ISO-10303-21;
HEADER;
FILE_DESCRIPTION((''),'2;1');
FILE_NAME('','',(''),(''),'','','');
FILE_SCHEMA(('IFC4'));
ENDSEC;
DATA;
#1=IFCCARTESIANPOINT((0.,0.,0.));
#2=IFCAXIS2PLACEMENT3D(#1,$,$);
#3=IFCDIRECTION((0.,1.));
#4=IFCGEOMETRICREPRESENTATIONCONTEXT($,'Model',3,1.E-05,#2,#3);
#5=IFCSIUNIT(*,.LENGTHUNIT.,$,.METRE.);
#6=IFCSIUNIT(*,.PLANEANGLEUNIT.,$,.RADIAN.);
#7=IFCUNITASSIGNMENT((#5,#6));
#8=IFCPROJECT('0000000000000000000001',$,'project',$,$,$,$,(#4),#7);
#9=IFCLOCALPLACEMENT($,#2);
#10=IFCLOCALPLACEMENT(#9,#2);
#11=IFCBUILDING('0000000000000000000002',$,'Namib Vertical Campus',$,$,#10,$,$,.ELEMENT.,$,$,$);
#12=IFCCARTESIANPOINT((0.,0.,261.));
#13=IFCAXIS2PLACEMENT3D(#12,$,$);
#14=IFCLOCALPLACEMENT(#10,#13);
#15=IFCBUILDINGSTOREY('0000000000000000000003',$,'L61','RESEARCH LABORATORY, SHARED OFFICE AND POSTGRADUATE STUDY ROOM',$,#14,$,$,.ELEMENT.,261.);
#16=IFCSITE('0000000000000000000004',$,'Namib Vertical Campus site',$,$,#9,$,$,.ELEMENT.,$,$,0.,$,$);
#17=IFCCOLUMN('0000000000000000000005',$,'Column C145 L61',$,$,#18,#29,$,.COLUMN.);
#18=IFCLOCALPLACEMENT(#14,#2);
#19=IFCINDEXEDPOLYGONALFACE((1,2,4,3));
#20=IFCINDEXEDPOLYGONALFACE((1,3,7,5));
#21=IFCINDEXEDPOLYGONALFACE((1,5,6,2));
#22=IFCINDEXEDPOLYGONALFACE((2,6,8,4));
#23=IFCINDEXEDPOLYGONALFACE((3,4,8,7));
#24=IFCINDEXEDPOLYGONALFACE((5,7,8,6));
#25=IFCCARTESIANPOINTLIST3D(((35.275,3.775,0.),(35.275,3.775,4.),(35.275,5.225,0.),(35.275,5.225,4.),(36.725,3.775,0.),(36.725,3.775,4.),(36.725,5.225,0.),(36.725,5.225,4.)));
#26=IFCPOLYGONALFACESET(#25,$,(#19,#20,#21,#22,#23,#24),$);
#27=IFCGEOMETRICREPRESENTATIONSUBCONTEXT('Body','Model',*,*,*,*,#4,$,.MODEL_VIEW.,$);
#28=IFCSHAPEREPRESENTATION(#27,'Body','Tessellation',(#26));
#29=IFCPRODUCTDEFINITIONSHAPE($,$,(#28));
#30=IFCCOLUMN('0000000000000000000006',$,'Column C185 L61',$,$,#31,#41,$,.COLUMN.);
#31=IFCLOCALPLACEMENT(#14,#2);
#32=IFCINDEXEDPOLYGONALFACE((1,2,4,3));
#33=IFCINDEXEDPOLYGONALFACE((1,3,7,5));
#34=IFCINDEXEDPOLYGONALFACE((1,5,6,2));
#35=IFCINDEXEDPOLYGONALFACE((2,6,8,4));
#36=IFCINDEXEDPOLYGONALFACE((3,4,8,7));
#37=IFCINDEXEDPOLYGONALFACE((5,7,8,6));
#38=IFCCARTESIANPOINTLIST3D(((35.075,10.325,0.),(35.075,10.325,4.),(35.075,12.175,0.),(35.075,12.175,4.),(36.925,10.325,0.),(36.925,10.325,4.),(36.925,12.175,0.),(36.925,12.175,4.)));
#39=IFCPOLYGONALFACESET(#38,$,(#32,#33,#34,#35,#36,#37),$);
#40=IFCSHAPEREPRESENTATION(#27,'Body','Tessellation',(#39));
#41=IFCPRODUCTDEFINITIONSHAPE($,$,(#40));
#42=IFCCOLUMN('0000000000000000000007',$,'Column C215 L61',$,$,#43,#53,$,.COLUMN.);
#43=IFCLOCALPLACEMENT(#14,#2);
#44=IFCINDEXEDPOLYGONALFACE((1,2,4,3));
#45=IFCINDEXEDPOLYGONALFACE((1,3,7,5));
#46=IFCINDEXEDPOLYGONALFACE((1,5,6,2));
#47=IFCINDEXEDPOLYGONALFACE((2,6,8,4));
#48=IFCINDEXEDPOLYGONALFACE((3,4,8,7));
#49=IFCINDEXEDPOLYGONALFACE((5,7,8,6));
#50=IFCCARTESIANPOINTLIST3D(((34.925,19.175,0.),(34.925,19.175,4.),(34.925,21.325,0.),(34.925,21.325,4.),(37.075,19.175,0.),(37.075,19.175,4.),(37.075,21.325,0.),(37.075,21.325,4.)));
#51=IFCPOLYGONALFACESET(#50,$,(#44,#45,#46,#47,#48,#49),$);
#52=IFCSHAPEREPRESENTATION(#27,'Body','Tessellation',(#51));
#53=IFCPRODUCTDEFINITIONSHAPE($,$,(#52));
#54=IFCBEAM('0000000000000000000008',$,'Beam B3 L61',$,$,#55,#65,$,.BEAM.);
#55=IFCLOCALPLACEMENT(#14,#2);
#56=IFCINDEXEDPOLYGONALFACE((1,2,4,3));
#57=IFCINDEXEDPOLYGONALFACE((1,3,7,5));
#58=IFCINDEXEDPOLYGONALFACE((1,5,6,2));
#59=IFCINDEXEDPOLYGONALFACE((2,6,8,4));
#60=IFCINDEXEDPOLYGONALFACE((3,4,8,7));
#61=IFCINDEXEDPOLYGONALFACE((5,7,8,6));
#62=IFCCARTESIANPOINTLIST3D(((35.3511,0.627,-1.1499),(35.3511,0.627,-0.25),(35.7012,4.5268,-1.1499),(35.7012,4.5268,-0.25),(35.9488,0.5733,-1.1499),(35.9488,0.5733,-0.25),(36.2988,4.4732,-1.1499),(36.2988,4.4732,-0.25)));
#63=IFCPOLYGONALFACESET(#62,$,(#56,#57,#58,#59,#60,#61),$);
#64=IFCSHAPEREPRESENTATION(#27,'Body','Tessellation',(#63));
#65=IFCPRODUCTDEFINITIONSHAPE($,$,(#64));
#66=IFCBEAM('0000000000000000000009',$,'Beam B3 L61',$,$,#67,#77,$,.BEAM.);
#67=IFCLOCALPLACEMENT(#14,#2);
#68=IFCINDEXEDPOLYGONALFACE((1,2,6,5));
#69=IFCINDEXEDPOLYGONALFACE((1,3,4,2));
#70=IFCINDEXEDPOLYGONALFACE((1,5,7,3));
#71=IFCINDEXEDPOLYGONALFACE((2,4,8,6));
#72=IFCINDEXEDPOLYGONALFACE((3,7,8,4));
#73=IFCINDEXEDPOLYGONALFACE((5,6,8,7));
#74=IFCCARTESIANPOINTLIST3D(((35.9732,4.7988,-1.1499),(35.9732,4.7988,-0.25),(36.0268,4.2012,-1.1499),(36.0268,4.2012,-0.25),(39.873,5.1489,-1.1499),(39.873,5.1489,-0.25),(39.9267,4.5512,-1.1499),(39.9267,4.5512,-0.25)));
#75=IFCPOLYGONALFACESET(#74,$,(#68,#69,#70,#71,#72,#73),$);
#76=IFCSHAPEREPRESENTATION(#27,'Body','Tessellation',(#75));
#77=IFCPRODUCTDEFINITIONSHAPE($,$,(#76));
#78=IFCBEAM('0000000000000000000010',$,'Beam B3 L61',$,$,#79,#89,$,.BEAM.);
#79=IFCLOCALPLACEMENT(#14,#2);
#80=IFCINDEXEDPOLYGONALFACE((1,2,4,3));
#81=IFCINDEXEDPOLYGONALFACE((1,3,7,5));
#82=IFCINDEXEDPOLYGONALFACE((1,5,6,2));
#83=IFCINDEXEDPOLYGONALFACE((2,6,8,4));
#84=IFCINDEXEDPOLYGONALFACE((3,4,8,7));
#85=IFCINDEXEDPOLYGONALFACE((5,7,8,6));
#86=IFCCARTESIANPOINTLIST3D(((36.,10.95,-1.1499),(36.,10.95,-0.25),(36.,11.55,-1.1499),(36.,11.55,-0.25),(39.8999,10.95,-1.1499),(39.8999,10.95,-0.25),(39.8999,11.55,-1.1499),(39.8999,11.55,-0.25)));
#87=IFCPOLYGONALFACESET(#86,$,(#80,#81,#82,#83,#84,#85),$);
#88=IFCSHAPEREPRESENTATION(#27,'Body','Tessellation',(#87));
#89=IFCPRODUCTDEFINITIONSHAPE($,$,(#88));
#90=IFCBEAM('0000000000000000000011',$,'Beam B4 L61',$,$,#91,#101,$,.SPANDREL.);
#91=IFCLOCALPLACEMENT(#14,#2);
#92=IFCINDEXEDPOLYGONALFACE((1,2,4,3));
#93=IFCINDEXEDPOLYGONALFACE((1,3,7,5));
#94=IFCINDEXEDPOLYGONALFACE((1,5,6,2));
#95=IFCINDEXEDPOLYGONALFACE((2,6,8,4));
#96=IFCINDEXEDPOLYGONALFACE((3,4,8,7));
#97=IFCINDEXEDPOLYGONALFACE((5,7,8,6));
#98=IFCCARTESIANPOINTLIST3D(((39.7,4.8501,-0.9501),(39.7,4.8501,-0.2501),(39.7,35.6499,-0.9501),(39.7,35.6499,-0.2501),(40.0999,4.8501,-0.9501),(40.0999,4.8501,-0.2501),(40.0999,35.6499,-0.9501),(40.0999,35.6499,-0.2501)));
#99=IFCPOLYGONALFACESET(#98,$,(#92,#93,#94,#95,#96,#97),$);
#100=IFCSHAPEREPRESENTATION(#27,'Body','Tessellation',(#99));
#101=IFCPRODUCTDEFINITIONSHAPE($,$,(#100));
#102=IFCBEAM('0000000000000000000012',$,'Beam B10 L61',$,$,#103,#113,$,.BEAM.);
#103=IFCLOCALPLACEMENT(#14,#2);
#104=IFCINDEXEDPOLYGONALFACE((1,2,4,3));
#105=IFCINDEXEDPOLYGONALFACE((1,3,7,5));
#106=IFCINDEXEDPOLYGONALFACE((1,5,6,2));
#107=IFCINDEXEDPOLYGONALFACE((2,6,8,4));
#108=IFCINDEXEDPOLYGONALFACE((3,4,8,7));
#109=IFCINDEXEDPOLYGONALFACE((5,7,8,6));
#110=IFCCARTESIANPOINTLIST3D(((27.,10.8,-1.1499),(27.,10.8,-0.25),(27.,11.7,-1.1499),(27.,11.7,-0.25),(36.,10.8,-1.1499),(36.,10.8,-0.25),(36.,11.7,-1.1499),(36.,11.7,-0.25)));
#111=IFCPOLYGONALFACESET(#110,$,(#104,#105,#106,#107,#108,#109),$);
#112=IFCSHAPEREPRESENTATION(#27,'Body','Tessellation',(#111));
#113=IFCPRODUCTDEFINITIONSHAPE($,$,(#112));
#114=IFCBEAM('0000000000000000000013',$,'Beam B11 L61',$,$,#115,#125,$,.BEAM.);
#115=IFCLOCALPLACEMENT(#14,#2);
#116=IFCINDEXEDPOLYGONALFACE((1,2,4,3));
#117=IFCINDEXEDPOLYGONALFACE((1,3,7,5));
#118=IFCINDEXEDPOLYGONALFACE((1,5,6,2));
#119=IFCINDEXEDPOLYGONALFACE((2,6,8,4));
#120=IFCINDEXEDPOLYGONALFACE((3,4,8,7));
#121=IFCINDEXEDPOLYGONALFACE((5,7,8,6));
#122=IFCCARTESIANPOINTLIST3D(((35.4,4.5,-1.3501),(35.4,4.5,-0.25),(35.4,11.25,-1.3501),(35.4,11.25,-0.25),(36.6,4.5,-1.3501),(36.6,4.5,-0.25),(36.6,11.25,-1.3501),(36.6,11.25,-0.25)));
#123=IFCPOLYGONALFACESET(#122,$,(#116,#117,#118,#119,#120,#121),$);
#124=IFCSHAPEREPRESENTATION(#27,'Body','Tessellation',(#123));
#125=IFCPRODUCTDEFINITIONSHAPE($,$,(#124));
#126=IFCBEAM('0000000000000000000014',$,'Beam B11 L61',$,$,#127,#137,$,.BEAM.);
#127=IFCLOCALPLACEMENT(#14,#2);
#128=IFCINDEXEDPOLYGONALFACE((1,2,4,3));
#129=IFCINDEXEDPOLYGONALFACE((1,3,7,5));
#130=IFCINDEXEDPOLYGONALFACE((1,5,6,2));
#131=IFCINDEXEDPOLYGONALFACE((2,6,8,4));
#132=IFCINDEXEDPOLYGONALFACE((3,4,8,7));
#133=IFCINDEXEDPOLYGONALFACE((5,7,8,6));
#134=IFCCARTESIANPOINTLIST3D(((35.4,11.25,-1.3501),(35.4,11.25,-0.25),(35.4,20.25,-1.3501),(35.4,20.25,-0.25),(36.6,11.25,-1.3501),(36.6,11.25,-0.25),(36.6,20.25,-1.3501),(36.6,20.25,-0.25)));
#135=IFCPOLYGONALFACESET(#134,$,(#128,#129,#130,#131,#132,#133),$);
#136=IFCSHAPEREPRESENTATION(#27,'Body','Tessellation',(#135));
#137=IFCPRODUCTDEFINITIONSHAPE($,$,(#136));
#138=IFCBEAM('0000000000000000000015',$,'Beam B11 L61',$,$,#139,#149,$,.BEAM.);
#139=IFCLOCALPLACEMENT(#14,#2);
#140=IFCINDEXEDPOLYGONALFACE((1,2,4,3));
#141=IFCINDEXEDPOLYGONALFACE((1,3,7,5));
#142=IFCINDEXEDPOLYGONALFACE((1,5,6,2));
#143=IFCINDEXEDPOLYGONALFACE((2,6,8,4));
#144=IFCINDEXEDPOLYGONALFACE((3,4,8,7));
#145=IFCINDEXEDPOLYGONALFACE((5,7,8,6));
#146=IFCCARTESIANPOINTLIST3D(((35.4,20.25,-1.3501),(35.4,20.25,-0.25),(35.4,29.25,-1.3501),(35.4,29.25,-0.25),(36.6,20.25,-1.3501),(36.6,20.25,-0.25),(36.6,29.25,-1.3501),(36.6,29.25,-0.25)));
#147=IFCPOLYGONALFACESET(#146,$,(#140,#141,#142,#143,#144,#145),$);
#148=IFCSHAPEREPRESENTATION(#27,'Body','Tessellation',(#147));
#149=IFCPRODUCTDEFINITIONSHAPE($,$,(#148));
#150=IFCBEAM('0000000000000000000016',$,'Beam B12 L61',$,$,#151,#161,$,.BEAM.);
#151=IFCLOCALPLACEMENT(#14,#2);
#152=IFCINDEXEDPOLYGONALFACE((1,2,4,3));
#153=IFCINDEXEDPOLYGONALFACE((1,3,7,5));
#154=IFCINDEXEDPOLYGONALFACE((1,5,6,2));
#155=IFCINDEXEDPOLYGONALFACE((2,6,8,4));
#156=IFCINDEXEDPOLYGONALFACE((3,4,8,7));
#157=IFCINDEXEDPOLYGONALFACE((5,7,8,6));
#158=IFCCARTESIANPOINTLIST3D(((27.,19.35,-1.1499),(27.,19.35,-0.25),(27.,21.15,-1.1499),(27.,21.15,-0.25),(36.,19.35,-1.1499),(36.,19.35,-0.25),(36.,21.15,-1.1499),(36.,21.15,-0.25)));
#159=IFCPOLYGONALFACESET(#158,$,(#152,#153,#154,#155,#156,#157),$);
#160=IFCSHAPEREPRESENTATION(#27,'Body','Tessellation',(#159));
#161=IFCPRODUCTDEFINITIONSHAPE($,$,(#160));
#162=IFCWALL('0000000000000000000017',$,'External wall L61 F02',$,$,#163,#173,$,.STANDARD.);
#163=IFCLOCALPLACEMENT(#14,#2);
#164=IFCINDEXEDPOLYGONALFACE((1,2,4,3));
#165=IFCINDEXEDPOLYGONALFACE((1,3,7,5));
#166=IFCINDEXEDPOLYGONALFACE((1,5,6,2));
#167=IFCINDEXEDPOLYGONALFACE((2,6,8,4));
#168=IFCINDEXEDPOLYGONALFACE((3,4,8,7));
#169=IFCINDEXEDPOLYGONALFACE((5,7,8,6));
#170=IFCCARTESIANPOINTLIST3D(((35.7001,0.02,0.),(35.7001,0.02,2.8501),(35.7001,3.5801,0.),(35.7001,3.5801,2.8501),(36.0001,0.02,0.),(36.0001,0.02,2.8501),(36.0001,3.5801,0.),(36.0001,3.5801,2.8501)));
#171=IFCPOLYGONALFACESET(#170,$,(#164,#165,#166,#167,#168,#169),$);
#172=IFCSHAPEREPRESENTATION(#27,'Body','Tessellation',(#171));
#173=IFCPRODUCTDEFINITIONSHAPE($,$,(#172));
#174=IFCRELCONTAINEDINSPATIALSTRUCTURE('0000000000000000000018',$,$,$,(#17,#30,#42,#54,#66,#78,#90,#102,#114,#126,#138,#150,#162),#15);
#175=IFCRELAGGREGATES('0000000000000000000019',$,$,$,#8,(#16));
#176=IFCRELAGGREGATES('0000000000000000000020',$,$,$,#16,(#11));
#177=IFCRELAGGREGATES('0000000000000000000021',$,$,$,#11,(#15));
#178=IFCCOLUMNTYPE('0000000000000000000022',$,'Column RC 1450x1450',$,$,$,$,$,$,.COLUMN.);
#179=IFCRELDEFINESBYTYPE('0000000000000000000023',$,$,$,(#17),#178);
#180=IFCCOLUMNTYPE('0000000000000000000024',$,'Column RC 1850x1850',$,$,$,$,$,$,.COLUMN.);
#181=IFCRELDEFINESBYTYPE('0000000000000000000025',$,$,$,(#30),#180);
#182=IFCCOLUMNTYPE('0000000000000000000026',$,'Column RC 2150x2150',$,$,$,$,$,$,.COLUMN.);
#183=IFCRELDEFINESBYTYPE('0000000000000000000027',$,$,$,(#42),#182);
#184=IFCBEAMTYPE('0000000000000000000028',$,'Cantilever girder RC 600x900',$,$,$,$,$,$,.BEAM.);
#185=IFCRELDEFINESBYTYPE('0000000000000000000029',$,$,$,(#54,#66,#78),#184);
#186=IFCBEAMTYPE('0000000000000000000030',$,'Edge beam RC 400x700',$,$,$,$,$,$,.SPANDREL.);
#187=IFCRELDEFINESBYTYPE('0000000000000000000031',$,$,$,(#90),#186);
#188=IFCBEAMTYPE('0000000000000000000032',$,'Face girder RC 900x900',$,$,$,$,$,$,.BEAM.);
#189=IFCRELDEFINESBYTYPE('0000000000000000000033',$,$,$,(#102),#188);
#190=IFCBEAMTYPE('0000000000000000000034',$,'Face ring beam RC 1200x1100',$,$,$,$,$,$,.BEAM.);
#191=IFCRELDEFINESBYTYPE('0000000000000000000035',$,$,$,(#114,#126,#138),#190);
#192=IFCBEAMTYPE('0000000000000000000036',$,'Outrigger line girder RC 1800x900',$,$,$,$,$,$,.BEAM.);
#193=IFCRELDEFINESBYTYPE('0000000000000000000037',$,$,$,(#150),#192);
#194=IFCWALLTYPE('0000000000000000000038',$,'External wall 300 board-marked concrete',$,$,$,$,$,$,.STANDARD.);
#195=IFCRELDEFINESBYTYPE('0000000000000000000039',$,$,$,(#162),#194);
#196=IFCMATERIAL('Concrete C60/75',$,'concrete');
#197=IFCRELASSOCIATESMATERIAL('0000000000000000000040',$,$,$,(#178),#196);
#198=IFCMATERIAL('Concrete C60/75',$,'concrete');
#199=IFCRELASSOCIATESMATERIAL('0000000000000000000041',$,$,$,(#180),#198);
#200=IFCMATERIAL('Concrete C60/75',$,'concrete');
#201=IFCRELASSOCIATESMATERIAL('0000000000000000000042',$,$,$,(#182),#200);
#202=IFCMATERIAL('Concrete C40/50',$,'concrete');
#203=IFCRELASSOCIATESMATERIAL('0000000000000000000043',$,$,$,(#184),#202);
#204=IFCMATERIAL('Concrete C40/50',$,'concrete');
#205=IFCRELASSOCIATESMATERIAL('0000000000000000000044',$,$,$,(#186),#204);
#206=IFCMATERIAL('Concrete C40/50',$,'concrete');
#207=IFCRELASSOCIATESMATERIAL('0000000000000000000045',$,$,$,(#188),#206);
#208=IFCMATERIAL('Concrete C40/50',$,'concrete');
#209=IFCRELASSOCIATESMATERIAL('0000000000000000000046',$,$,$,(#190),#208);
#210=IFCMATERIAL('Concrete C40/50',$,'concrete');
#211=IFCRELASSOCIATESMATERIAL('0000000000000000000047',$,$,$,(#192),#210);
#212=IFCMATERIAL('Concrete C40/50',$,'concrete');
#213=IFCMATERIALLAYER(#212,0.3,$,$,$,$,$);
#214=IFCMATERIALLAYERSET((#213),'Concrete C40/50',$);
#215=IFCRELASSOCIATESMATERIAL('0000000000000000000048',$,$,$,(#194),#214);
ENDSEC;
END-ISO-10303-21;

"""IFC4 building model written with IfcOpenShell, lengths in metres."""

from ifc_helpers import new_model, si_unit, direction, frame, frame_2d, origin, origin_2d, place, context, subcontext, project, spatial, rectangle, extrude, material, layer, layer_set, material_profile, profile_set, type_object, element, save


model = new_model("IFC4")

# Units and contexts
model_context = context("Model", 3, precision=1e-05, world=origin(), true_north=direction((0.0, 1.0)))
body_context = subcontext(model_context, "Body", "Model", "MODEL_VIEW")
ifc_project = project(units=[si_unit("LENGTHUNIT", "METRE"), si_unit("PLANEANGLEUNIT", "RADIAN")], contexts=[model_context])

# Site, building, storey
site_placement = place(None, origin())
site = spatial("IfcSite", under=ifc_project, at=site_placement, Name="Namib Vertical Campus site", CompositionType="ELEMENT", RefElevation=0.0)
building_placement = place(site_placement, origin())
building = spatial("IfcBuilding", under=site, at=building_placement, Name="Namib Vertical Campus", CompositionType="ELEMENT")
storey_placement = place(building_placement, frame((0.0, 0.0, 261.0)))
storey = spatial("IfcBuildingStorey", under=building, at=storey_placement, Name="L61", Description="RESEARCH LABORATORY, SHARED OFFICE AND POSTGRADUATE STUDY ROOM", CompositionType="ELEMENT", Elevation=261.0)

# Columns
ifc_material_1 = material(Name="Concrete C60/75", Category="concrete")
ifc_material_profile_1 = material_profile(ifc_material_1, rectangle(XDim=1.45, YDim=1.45, at=origin_2d()))
ifc_profile_set_1 = profile_set([ifc_material_profile_1], Name="Concrete C60/75")
column_type_1 = type_object("IfcColumnType", Name="Column RC 1450x1450", PredefinedType="COLUMN", material=ifc_profile_set_1)
column_1_placement = place(storey_placement, frame((36.0, 4.5, 0.0), z_axis=(0.0, 0.0, 1.0), x_axis=(1.0, 0.0, 0.0)))
element("IfcColumn", 1, at=column_1_placement, inside=storey, type_object=column_type_1, Name="Column C145 L61", PredefinedType="COLUMN", context=body_context, shape_type="SweptSolid", body=[
    extrude(rectangle(XDim=1.45, YDim=1.45, at=origin_2d()), origin(), (0.0, 0.0, 1.0), 4.0),
])
ifc_material_2 = material(Name="Concrete C60/75", Category="concrete")
ifc_material_profile_2 = material_profile(ifc_material_2, rectangle(XDim=1.8501, YDim=1.8501, at=origin_2d()))
ifc_profile_set_2 = profile_set([ifc_material_profile_2], Name="Concrete C60/75")
column_type_2 = type_object("IfcColumnType", Name="Column RC 1850x1850", PredefinedType="COLUMN", material=ifc_profile_set_2)
column_2_placement = place(storey_placement, frame((36.0, 11.25, 0.0), z_axis=(0.0, 0.0, 1.0), x_axis=(1.0, 0.0, 0.0)))
element("IfcColumn", 2, at=column_2_placement, inside=storey, type_object=column_type_2, Name="Column C185 L61", PredefinedType="COLUMN", context=body_context, shape_type="SweptSolid", body=[
    extrude(rectangle(XDim=1.8501, YDim=1.8501, at=origin_2d()), origin(), (0.0, 0.0, 1.0), 4.0),
])
ifc_material_3 = material(Name="Concrete C60/75", Category="concrete")
ifc_material_profile_3 = material_profile(ifc_material_3, rectangle(XDim=2.1499, YDim=2.1499, at=origin_2d()))
ifc_profile_set_3 = profile_set([ifc_material_profile_3], Name="Concrete C60/75")
column_type_3 = type_object("IfcColumnType", Name="Column RC 2150x2150", PredefinedType="COLUMN", material=ifc_profile_set_3)
column_3_placement = place(storey_placement, frame((36.0, 20.25, 0.0), z_axis=(0.0, 0.0, 1.0), x_axis=(1.0, 0.0, 0.0)))
element("IfcColumn", 3, at=column_3_placement, inside=storey, type_object=column_type_3, Name="Column C215 L61", PredefinedType="COLUMN", context=body_context, shape_type="SweptSolid", body=[
    extrude(rectangle(XDim=2.1499, YDim=2.1499, at=origin_2d()), origin(), (0.0, 0.0, 1.0), 4.0),
])

# Beams
ifc_material_4 = material(Name="Concrete C40/50", Category="concrete")
ifc_material_profile_4 = material_profile(ifc_material_4, rectangle(XDim=0.6001, YDim=0.8999, at=origin_2d()))
ifc_profile_set_4 = profile_set([ifc_material_profile_4], Name="Concrete C40/50")
beam_type_1 = type_object("IfcBeamType", Name="Cantilever girder RC 600x900", PredefinedType="BEAM", material=ifc_profile_set_4)
for number, where, z_axis, x_axis, name in (
    (4, (36.0, 4.5, -0.7), (-0.089411, -0.995995, 0.0), (0.995995, -0.089411, 0.0), "Beam B3 L61"),
    (5, (36.0, 4.5, -0.7), (0.995995, 0.089411, 0.0), (-0.089411, 0.995995, 0.0), "Beam B3 L61"),
):
    element("IfcBeam", number, at=place(storey_placement, frame(where, z_axis=z_axis, x_axis=x_axis)), inside=storey, type_object=beam_type_1, Name=name, PredefinedType="BEAM", context=body_context, shape_type="SweptSolid", body=[
        extrude(rectangle(XDim=0.6001, YDim=0.8999, at=origin_2d()), origin(), (0.0, 0.0, 1.0), 3.9155),
    ])
beam_1_placement = place(storey_placement, frame((36.0, 11.25, -0.7), z_axis=(1.0, 0.0, 0.0), x_axis=(0.0, 1.0, 0.0)))
element("IfcBeam", 6, at=beam_1_placement, inside=storey, type_object=beam_type_1, Name="Beam B3 L61", PredefinedType="BEAM", context=body_context, shape_type="SweptSolid", body=[
    extrude(rectangle(XDim=0.6001, YDim=0.8999, at=origin_2d()), origin(), (0.0, 0.0, 1.0), 3.8999),
])
ifc_material_5 = material(Name="Concrete C40/50", Category="concrete")
ifc_material_profile_5 = material_profile(ifc_material_5, rectangle(XDim=0.3999, YDim=0.7, at=origin_2d()))
ifc_profile_set_5 = profile_set([ifc_material_profile_5], Name="Concrete C40/50")
beam_type_2 = type_object("IfcBeamType", Name="Edge beam RC 400x700", PredefinedType="SPANDREL", material=ifc_profile_set_5)
beam_2_placement = place(storey_placement, frame((39.8999, 4.8501, -0.6001), z_axis=(0.0, 1.0, 0.0), x_axis=(-1.0, 0.0, 0.0)))
element("IfcBeam", 7, at=beam_2_placement, inside=storey, type_object=beam_type_2, Name="Beam B4 L61", PredefinedType="SPANDREL", context=body_context, shape_type="SweptSolid", body=[
    extrude(rectangle(XDim=0.3999, YDim=0.7, at=origin_2d()), origin(), (0.0, 0.0, 1.0), 30.7998),
])
ifc_material_6 = material(Name="Concrete C40/50", Category="concrete")
ifc_material_profile_6 = material_profile(ifc_material_6, rectangle(XDim=0.8999, YDim=0.8999, at=origin_2d()))
ifc_profile_set_6 = profile_set([ifc_material_profile_6], Name="Concrete C40/50")
beam_type_3 = type_object("IfcBeamType", Name="Face girder RC 900x900", PredefinedType="BEAM", material=ifc_profile_set_6)
beam_3_placement = place(storey_placement, frame((36.0, 11.25, -0.7), z_axis=(-1.0, 0.0, 0.0), x_axis=(0.0, -1.0, 0.0)))
element("IfcBeam", 8, at=beam_3_placement, inside=storey, type_object=beam_type_3, Name="Beam B10 L61", PredefinedType="BEAM", context=body_context, shape_type="SweptSolid", body=[
    extrude(rectangle(XDim=0.8999, YDim=0.8999, at=origin_2d()), origin(), (0.0, 0.0, 1.0), 9.0),
])
ifc_material_7 = material(Name="Concrete C40/50", Category="concrete")
ifc_material_profile_7 = material_profile(ifc_material_7, rectangle(XDim=1.2, YDim=1.1001, at=origin_2d()))
ifc_profile_set_7 = profile_set([ifc_material_profile_7], Name="Concrete C40/50")
beam_type_4 = type_object("IfcBeamType", Name="Face ring beam RC 1200x1100", PredefinedType="BEAM", material=ifc_profile_set_7)
beam_4_placement = place(storey_placement, frame((36.0, 4.5, -0.8), z_axis=(0.0, 1.0, 0.0), x_axis=(-1.0, 0.0, 0.0)))
element("IfcBeam", 9, at=beam_4_placement, inside=storey, type_object=beam_type_4, Name="Beam B11 L61", PredefinedType="BEAM", context=body_context, shape_type="SweptSolid", body=[
    extrude(rectangle(XDim=1.2, YDim=1.1001, at=origin_2d()), origin(), (0.0, 0.0, 1.0), 6.75),
])
for number, where, z_axis, x_axis, name in (
    (10, (36.0, 11.25, -0.8), (0.0, 1.0, 0.0), (-1.0, 0.0, 0.0), "Beam B11 L61"),
    (11, (36.0, 20.25, -0.8), (0.0, 1.0, 0.0), (-1.0, 0.0, 0.0), "Beam B11 L61"),
):
    element("IfcBeam", number, at=place(storey_placement, frame(where, z_axis=z_axis, x_axis=x_axis)), inside=storey, type_object=beam_type_4, Name=name, PredefinedType="BEAM", context=body_context, shape_type="SweptSolid", body=[
        extrude(rectangle(XDim=1.2, YDim=1.1001, at=origin_2d()), origin(), (0.0, 0.0, 1.0), 9.0),
    ])
ifc_material_8 = material(Name="Concrete C40/50", Category="concrete")
ifc_material_profile_8 = material_profile(ifc_material_8, rectangle(XDim=1.8, YDim=0.8999, at=origin_2d()))
ifc_profile_set_8 = profile_set([ifc_material_profile_8], Name="Concrete C40/50")
beam_type_5 = type_object("IfcBeamType", Name="Outrigger line girder RC 1800x900", PredefinedType="BEAM", material=ifc_profile_set_8)
beam_5_placement = place(storey_placement, frame((36.0, 20.25, -0.7), z_axis=(-1.0, 0.0, 0.0), x_axis=(0.0, -1.0, 0.0)))
element("IfcBeam", 12, at=beam_5_placement, inside=storey, type_object=beam_type_5, Name="Beam B12 L61", PredefinedType="BEAM", context=body_context, shape_type="SweptSolid", body=[
    extrude(rectangle(XDim=1.8, YDim=0.8999, at=origin_2d()), origin(), (0.0, 0.0, 1.0), 9.0),
])

# Wall
ifc_material_9 = material(Name="Concrete C40/50", Category="concrete")
ifc_layer_1 = layer(ifc_material_9, 0.3)
ifc_layer_set_1 = layer_set([ifc_layer_1], Name="Concrete C40/50")
wall_type_1 = type_object("IfcWallType", Name="External wall 300 board-marked concrete", PredefinedType="STANDARD", material=ifc_layer_set_1)
wall_1_placement = place(storey_placement, frame((35.8501, 0.02, 0.0), z_axis=(0.0, 0.0, 1.0), x_axis=(0.0, 1.0, 0.0)))
element("IfcWall", 13, at=wall_1_placement, inside=storey, type_object=wall_type_1, Name="External wall L61 F02", PredefinedType="STANDARD", context=body_context, shape_type="SweptSolid", body=[
    extrude(rectangle(XDim=3.5601, YDim=0.3, at=frame_2d((1.78, 0.0))), origin(), (0.0, 0.0, 1.0), 2.8501),
])

save(model, "model.ifc")
